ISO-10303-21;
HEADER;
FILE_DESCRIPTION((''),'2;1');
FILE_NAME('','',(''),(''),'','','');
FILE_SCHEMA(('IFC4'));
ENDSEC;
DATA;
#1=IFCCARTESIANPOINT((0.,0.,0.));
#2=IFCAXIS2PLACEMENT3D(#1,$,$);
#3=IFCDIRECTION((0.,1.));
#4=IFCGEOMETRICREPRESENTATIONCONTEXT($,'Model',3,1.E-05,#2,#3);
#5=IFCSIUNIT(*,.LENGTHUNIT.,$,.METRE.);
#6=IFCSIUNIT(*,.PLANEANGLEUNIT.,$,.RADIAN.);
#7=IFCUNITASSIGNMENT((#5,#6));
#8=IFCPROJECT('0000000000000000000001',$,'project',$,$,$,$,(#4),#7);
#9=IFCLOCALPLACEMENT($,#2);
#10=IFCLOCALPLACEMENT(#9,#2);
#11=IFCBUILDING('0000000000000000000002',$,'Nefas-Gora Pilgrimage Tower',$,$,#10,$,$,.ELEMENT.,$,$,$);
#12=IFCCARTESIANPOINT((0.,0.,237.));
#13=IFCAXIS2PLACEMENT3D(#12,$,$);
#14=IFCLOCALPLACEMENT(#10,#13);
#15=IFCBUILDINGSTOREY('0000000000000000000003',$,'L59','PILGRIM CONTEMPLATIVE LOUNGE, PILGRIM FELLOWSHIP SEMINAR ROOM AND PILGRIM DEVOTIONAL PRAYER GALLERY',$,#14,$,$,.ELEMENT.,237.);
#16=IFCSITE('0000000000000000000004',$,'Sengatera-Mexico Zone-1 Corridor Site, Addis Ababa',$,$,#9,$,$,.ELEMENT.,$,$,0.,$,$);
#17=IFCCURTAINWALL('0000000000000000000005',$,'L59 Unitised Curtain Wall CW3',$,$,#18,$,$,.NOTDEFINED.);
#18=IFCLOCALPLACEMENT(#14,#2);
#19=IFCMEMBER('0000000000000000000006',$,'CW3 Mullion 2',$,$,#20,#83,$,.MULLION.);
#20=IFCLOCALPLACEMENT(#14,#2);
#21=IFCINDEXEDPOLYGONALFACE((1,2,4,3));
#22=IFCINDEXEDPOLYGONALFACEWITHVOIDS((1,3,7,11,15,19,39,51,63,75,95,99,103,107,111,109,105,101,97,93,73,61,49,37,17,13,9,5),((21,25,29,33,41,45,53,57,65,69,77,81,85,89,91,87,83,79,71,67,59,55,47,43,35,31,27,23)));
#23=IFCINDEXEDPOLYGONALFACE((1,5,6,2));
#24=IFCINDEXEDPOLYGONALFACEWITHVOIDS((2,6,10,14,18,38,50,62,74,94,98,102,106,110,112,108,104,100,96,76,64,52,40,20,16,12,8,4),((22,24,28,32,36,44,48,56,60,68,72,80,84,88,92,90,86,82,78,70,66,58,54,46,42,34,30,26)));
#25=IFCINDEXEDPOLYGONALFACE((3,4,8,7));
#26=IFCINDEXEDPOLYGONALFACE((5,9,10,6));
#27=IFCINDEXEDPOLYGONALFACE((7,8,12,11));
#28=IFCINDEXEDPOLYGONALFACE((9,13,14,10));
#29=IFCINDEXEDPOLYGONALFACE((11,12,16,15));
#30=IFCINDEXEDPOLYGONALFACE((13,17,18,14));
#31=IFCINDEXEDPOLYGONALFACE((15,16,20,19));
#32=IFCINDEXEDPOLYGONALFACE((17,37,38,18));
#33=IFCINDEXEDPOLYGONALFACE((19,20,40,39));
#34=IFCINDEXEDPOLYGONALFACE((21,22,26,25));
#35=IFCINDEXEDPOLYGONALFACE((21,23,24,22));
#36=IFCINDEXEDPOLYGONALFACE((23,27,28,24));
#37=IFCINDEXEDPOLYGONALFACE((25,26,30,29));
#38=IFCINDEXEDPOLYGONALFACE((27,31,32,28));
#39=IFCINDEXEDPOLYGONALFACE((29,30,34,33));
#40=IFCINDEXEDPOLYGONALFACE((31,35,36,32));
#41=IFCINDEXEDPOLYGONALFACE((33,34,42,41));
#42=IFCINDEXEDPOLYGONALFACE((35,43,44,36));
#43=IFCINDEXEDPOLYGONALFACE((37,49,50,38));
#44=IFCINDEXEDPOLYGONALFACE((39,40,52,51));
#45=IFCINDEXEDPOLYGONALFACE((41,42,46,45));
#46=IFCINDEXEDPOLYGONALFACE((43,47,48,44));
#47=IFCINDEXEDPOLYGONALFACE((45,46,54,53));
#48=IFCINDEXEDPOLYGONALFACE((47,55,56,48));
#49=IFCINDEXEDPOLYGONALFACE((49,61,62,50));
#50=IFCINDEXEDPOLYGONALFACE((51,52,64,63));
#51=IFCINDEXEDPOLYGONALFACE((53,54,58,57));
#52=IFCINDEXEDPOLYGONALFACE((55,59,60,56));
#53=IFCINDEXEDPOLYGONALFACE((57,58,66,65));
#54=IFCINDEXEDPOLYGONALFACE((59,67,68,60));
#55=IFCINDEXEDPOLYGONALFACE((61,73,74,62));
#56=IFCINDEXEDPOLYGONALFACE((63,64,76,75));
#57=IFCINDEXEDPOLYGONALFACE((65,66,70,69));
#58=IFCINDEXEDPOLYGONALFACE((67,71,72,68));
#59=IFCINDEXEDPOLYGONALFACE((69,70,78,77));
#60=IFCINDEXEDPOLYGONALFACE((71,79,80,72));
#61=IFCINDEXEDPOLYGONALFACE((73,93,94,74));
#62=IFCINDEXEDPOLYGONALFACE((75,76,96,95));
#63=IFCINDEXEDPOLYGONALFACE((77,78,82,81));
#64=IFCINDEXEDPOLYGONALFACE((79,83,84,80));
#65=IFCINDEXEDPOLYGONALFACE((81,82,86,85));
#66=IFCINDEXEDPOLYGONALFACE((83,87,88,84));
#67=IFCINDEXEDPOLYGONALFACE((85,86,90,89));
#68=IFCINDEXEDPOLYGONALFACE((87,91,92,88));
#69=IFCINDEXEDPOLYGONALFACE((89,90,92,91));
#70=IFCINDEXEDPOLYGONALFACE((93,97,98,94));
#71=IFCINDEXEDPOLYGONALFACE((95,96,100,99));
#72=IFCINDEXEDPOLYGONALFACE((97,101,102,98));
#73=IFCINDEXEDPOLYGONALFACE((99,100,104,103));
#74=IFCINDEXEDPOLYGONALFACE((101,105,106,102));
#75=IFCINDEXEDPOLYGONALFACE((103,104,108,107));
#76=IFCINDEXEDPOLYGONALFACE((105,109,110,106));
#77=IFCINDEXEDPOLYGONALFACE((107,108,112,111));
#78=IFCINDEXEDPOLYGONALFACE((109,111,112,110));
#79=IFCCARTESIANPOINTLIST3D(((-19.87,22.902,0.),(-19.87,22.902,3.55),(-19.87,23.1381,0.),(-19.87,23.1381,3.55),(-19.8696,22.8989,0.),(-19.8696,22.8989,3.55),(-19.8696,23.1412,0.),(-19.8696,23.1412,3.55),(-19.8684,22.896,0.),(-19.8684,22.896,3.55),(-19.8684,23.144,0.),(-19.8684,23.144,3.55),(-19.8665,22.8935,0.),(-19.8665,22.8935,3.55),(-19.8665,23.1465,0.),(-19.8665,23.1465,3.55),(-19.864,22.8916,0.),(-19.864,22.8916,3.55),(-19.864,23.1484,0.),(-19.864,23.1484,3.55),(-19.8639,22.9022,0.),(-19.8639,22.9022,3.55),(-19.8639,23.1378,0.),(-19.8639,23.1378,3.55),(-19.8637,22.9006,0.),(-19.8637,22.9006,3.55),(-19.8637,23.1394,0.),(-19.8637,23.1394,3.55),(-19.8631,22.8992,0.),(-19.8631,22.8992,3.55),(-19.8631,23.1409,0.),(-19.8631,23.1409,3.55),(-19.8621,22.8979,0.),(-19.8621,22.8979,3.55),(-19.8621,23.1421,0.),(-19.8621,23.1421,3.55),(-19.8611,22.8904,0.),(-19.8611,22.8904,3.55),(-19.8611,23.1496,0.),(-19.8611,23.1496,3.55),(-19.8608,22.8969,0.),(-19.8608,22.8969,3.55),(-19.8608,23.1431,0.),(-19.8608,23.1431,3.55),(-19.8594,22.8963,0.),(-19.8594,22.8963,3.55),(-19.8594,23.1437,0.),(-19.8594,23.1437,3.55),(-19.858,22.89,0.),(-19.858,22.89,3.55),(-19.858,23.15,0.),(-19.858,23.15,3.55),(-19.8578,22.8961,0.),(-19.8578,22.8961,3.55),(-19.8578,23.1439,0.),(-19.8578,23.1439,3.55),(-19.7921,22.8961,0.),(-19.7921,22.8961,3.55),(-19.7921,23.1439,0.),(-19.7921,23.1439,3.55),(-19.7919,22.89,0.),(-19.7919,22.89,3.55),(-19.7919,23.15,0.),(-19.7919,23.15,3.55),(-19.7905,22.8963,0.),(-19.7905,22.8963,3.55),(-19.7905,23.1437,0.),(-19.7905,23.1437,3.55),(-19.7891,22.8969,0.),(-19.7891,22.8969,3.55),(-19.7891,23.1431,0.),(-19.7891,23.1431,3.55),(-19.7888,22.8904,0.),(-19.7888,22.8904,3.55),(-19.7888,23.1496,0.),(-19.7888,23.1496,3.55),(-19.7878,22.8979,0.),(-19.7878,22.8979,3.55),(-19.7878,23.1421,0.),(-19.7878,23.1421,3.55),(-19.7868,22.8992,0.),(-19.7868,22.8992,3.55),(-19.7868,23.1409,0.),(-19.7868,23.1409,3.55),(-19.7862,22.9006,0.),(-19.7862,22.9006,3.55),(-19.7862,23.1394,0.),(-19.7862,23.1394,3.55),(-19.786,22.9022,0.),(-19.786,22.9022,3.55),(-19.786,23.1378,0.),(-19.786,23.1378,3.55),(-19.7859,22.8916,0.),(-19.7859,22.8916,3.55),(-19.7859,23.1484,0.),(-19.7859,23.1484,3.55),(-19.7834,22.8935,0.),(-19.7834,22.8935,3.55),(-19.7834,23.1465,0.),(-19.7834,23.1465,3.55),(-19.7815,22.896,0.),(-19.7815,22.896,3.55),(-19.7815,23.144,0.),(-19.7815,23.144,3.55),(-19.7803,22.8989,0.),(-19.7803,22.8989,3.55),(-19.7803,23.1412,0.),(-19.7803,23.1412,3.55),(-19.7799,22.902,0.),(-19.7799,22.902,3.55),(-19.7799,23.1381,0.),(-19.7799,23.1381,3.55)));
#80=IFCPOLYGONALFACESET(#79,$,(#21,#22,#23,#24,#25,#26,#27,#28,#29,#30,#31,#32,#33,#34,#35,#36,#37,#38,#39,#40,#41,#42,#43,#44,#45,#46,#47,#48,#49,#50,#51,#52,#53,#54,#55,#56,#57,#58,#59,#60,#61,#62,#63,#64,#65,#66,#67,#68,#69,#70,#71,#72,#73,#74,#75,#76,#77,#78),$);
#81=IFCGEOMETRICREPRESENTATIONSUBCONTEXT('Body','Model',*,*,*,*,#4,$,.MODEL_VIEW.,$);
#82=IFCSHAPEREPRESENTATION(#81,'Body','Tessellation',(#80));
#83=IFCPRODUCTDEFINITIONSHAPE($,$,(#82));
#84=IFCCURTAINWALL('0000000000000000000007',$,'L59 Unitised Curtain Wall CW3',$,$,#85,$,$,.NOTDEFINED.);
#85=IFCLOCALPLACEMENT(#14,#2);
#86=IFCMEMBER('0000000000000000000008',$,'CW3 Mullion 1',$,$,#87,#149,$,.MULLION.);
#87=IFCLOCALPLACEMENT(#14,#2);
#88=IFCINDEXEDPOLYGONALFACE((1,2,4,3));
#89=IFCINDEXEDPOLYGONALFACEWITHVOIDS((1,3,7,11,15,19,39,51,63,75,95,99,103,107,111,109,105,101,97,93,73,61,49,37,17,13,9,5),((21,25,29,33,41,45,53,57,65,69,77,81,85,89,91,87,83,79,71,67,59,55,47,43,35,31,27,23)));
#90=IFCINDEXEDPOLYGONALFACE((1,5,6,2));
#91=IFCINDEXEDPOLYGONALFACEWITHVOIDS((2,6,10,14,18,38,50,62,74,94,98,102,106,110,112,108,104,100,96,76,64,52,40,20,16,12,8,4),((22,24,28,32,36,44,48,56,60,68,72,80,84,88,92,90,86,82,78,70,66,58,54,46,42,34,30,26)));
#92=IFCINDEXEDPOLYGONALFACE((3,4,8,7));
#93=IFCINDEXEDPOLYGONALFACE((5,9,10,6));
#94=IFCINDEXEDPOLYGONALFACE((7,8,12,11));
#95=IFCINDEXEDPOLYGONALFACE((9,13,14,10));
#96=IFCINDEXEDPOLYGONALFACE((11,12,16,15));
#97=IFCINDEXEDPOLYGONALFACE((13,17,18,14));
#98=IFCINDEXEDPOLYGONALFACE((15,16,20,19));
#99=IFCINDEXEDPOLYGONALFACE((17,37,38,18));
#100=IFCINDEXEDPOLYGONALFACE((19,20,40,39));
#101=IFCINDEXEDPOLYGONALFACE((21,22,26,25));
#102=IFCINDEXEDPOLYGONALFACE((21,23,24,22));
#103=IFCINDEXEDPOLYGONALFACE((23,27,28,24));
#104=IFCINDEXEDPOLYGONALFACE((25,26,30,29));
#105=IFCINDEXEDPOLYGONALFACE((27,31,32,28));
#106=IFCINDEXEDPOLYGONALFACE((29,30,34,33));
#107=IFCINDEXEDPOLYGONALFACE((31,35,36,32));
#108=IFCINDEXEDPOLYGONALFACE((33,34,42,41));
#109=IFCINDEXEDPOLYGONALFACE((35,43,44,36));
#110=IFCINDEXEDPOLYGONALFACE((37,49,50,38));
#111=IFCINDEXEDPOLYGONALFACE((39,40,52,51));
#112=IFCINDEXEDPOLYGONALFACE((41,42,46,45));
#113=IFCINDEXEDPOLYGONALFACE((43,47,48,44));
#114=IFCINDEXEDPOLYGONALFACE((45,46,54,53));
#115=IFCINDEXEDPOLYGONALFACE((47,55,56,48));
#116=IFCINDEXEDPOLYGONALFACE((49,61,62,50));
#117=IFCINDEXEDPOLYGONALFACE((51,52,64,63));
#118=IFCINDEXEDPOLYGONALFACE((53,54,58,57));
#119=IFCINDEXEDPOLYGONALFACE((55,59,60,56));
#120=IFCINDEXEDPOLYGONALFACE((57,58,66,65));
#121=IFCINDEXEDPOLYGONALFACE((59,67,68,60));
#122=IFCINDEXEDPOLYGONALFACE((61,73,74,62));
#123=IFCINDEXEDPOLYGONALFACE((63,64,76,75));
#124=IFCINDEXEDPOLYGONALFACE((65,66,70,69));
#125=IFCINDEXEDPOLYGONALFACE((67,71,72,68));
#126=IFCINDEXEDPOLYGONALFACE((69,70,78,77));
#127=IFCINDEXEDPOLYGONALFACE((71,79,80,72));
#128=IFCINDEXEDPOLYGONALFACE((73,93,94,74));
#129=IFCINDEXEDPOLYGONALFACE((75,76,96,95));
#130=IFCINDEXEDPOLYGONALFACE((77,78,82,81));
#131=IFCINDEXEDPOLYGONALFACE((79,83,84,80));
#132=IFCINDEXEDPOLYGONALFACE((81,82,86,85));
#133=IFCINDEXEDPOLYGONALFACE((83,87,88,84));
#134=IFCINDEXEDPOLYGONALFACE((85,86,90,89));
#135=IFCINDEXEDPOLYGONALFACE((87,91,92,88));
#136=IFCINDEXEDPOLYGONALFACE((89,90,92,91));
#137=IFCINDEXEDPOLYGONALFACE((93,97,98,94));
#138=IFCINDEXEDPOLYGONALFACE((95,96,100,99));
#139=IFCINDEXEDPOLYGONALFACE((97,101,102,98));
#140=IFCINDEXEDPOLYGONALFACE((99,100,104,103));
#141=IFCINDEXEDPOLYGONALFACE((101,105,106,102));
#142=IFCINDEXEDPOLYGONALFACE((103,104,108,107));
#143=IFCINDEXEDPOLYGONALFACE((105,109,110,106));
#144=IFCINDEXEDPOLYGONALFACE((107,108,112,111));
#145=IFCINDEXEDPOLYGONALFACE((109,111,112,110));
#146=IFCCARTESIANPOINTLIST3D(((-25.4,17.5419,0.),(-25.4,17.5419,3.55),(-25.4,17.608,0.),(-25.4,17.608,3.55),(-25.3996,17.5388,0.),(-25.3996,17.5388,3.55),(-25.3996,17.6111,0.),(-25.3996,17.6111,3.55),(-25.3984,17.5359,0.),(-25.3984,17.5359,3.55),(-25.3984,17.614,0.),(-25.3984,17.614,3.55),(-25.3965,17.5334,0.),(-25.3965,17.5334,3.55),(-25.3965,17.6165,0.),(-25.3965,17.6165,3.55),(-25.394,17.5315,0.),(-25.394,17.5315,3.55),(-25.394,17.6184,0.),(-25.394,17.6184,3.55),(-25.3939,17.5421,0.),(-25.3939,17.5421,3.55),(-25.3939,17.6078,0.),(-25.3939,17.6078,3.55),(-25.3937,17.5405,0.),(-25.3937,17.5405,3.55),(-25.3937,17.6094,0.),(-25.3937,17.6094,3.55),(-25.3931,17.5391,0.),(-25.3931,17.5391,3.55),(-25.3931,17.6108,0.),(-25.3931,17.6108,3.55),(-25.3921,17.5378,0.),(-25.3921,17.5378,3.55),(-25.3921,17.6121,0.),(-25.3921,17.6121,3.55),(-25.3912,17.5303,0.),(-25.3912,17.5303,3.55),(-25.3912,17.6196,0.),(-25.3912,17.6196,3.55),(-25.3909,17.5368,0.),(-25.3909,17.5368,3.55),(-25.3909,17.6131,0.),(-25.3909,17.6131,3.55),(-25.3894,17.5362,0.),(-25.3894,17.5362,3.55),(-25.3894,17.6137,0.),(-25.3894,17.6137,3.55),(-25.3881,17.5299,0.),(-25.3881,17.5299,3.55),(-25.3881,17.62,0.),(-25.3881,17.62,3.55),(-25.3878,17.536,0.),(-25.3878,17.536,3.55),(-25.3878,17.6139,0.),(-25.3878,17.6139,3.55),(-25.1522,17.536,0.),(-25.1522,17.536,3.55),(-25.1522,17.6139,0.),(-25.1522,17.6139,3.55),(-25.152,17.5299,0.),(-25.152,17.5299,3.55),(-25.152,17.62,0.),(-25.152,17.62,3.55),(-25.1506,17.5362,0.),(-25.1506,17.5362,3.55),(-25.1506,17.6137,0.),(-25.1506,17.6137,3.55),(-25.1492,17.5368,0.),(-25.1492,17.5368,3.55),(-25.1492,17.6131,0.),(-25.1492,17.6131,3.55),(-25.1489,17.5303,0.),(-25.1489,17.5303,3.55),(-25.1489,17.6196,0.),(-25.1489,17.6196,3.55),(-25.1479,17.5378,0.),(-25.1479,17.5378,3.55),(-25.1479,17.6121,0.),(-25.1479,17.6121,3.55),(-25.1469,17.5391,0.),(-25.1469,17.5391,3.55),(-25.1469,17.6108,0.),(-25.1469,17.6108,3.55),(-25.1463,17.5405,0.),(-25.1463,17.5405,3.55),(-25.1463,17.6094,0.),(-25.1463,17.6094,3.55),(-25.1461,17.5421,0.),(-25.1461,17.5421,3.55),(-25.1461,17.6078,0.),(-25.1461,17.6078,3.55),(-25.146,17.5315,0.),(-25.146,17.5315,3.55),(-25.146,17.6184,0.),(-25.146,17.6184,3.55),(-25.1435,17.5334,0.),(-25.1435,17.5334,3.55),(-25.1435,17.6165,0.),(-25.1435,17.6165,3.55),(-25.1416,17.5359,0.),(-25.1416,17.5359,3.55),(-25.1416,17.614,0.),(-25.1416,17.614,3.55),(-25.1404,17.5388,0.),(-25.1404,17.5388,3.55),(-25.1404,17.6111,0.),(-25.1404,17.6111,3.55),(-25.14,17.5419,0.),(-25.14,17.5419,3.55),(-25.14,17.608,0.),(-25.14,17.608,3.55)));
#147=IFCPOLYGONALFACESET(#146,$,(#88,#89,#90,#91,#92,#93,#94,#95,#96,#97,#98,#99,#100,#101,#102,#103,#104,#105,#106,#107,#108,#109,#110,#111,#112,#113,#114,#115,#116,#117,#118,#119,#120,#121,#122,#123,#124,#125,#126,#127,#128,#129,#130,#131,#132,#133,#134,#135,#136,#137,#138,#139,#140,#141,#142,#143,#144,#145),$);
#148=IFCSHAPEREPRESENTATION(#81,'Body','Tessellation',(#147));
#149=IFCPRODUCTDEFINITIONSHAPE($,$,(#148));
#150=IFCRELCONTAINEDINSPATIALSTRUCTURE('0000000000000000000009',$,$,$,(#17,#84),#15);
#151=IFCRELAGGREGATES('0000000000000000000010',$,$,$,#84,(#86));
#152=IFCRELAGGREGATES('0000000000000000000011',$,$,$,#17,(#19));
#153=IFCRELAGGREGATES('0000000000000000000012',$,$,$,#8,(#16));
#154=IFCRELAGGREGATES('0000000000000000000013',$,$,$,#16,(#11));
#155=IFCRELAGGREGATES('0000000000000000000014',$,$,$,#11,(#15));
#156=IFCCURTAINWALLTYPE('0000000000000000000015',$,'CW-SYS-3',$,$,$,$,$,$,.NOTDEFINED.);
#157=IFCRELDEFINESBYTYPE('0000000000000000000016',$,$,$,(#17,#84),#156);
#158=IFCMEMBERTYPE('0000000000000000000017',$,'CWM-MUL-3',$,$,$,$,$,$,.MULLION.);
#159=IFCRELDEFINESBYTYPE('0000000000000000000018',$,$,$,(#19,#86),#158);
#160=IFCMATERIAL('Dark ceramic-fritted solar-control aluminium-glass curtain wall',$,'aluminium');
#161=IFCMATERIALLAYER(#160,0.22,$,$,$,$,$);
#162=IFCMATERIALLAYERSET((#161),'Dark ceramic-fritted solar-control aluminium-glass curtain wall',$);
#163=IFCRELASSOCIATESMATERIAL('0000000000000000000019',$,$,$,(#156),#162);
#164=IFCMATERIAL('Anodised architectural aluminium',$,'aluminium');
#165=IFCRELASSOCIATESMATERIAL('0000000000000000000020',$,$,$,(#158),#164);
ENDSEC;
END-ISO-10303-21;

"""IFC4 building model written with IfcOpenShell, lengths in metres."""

from ifc_helpers import new_model, si_unit, direction, frame, origin, origin_2d, place, context, subcontext, project, spatial, hollow_rectangle, extrude, source, transform, mapped, material, layer, layer_set, material_profile, profile_set, type_object, element, aggregate, save


model = new_model("IFC4")

# Units and contexts
model_context = context("Model", 3, precision=1e-05, world=origin(), true_north=direction((0.0, 1.0)))
body_context = subcontext(model_context, "Body", "Model", "MODEL_VIEW")
ifc_project = project(units=[si_unit("LENGTHUNIT", "METRE"), si_unit("PLANEANGLEUNIT", "RADIAN")], contexts=[model_context])

# Site, building, storey
site_placement = place(None, origin())
site = spatial("IfcSite", under=ifc_project, at=site_placement, Name="Sengatera-Mexico Zone-1 Corridor Site, Addis Ababa", CompositionType="ELEMENT", RefElevation=0.0)
building_placement = place(site_placement, origin())
building = spatial("IfcBuilding", under=site, at=building_placement, Name="Nefas-Gora Pilgrimage Tower", CompositionType="ELEMENT")
storey_placement = place(building_placement, frame((0.0, 0.0, 237.0)))
storey = spatial("IfcBuildingStorey", under=building, at=storey_placement, Name="L59", Description="PILGRIM CONTEMPLATIVE LOUNGE, PILGRIM FELLOWSHIP SEMINAR ROOM AND PILGRIM DEVOTIONAL PRAYER GALLERY", CompositionType="ELEMENT", Elevation=237.0)

# Curtain walls, members
ifc_material_1 = material(Name="Dark ceramic-fritted solar-control aluminium-glass curtain wall", Category="aluminium")
ifc_material_2 = material(Name="Anodised architectural aluminium", Category="aluminium")
ifc_layer_1 = layer(ifc_material_1, 0.22)
ifc_layer_set_1 = layer_set([ifc_layer_1], Name="Dark ceramic-fritted solar-control aluminium-glass curtain wall")
curtain_wall_type_1 = type_object("IfcCurtainWallType", Name="CW-SYS-3", PredefinedType="NOTDEFINED", material=ifc_layer_set_1)
curtain_wall_1_placement = place(storey_placement, origin())
curtain_wall_1 = element("IfcCurtainWall", 1, at=curtain_wall_1_placement, inside=storey, type_object=curtain_wall_type_1, Name="L59 Unitised Curtain Wall CW3", PredefinedType="NOTDEFINED")
ifc_material_profile_1 = material_profile(ifc_material_2, hollow_rectangle(XDim=0.0901, YDim=0.26, WallThickness=0.0061, InnerFilletRadius=0.0061, OuterFilletRadius=0.012, at=origin_2d()), Name="ALU MULLION 90x260")
ifc_profile_set_1 = profile_set([ifc_material_profile_1], Name="Anodised architectural aluminium")
member_type_1 = type_object("IfcMemberType", Name="CWM-MUL-3", PredefinedType="MULLION", material=ifc_profile_set_1)
shared_shape_1 = source(origin(), body_context, "Body", "SweptSolid", [
    extrude(hollow_rectangle(XDim=0.0901, YDim=0.26, WallThickness=0.0061, InnerFilletRadius=0.0061, OuterFilletRadius=0.012, at=origin_2d()), origin(), (0.0, 0.0, 1.0), 3.55),
])
member_1_placement = place(storey_placement, frame((-19.825, 23.02, 0.0), z_axis=(0.0, 0.0, 1.0), x_axis=(-1.0, 0.0, 0.0)))
member_1 = element("IfcMember", 2, at=member_1_placement, type_object=member_type_1, Name="CW3 Mullion 2", PredefinedType="MULLION", context=body_context, shape_type="MappedRepresentation", body=[
    mapped(shared_shape_1, transform((0.0, 0.0, 0.0), x_axis=(1.0, 0.0, 0.0), y_axis=(0.0, 1.0, 0.0), z_axis=(0.0, 0.0, 1.0), scale=1.0)),
])
curtain_wall_2_placement = place(storey_placement, origin())
curtain_wall_2 = element("IfcCurtainWall", 3, at=curtain_wall_2_placement, inside=storey, type_object=curtain_wall_type_1, Name="L59 Unitised Curtain Wall CW3", PredefinedType="NOTDEFINED")
member_2_placement = place(storey_placement, frame((-25.27, 17.575, 0.0), z_axis=(0.0, 0.0, 1.0), x_axis=(0.0, -1.0, 0.0)))
member_2 = element("IfcMember", 4, at=member_2_placement, type_object=member_type_1, Name="CW3 Mullion 1", PredefinedType="MULLION", context=body_context, shape_type="MappedRepresentation", body=[
    mapped(shared_shape_1, transform((0.0, 0.0, 0.0), x_axis=(1.0, 0.0, 0.0), y_axis=(0.0, 1.0, 0.0), z_axis=(0.0, 0.0, 1.0), scale=1.0)),
])
aggregate(curtain_wall_2, [member_2])

aggregate(curtain_wall_1, [member_1])

save(model, "model.ifc")
